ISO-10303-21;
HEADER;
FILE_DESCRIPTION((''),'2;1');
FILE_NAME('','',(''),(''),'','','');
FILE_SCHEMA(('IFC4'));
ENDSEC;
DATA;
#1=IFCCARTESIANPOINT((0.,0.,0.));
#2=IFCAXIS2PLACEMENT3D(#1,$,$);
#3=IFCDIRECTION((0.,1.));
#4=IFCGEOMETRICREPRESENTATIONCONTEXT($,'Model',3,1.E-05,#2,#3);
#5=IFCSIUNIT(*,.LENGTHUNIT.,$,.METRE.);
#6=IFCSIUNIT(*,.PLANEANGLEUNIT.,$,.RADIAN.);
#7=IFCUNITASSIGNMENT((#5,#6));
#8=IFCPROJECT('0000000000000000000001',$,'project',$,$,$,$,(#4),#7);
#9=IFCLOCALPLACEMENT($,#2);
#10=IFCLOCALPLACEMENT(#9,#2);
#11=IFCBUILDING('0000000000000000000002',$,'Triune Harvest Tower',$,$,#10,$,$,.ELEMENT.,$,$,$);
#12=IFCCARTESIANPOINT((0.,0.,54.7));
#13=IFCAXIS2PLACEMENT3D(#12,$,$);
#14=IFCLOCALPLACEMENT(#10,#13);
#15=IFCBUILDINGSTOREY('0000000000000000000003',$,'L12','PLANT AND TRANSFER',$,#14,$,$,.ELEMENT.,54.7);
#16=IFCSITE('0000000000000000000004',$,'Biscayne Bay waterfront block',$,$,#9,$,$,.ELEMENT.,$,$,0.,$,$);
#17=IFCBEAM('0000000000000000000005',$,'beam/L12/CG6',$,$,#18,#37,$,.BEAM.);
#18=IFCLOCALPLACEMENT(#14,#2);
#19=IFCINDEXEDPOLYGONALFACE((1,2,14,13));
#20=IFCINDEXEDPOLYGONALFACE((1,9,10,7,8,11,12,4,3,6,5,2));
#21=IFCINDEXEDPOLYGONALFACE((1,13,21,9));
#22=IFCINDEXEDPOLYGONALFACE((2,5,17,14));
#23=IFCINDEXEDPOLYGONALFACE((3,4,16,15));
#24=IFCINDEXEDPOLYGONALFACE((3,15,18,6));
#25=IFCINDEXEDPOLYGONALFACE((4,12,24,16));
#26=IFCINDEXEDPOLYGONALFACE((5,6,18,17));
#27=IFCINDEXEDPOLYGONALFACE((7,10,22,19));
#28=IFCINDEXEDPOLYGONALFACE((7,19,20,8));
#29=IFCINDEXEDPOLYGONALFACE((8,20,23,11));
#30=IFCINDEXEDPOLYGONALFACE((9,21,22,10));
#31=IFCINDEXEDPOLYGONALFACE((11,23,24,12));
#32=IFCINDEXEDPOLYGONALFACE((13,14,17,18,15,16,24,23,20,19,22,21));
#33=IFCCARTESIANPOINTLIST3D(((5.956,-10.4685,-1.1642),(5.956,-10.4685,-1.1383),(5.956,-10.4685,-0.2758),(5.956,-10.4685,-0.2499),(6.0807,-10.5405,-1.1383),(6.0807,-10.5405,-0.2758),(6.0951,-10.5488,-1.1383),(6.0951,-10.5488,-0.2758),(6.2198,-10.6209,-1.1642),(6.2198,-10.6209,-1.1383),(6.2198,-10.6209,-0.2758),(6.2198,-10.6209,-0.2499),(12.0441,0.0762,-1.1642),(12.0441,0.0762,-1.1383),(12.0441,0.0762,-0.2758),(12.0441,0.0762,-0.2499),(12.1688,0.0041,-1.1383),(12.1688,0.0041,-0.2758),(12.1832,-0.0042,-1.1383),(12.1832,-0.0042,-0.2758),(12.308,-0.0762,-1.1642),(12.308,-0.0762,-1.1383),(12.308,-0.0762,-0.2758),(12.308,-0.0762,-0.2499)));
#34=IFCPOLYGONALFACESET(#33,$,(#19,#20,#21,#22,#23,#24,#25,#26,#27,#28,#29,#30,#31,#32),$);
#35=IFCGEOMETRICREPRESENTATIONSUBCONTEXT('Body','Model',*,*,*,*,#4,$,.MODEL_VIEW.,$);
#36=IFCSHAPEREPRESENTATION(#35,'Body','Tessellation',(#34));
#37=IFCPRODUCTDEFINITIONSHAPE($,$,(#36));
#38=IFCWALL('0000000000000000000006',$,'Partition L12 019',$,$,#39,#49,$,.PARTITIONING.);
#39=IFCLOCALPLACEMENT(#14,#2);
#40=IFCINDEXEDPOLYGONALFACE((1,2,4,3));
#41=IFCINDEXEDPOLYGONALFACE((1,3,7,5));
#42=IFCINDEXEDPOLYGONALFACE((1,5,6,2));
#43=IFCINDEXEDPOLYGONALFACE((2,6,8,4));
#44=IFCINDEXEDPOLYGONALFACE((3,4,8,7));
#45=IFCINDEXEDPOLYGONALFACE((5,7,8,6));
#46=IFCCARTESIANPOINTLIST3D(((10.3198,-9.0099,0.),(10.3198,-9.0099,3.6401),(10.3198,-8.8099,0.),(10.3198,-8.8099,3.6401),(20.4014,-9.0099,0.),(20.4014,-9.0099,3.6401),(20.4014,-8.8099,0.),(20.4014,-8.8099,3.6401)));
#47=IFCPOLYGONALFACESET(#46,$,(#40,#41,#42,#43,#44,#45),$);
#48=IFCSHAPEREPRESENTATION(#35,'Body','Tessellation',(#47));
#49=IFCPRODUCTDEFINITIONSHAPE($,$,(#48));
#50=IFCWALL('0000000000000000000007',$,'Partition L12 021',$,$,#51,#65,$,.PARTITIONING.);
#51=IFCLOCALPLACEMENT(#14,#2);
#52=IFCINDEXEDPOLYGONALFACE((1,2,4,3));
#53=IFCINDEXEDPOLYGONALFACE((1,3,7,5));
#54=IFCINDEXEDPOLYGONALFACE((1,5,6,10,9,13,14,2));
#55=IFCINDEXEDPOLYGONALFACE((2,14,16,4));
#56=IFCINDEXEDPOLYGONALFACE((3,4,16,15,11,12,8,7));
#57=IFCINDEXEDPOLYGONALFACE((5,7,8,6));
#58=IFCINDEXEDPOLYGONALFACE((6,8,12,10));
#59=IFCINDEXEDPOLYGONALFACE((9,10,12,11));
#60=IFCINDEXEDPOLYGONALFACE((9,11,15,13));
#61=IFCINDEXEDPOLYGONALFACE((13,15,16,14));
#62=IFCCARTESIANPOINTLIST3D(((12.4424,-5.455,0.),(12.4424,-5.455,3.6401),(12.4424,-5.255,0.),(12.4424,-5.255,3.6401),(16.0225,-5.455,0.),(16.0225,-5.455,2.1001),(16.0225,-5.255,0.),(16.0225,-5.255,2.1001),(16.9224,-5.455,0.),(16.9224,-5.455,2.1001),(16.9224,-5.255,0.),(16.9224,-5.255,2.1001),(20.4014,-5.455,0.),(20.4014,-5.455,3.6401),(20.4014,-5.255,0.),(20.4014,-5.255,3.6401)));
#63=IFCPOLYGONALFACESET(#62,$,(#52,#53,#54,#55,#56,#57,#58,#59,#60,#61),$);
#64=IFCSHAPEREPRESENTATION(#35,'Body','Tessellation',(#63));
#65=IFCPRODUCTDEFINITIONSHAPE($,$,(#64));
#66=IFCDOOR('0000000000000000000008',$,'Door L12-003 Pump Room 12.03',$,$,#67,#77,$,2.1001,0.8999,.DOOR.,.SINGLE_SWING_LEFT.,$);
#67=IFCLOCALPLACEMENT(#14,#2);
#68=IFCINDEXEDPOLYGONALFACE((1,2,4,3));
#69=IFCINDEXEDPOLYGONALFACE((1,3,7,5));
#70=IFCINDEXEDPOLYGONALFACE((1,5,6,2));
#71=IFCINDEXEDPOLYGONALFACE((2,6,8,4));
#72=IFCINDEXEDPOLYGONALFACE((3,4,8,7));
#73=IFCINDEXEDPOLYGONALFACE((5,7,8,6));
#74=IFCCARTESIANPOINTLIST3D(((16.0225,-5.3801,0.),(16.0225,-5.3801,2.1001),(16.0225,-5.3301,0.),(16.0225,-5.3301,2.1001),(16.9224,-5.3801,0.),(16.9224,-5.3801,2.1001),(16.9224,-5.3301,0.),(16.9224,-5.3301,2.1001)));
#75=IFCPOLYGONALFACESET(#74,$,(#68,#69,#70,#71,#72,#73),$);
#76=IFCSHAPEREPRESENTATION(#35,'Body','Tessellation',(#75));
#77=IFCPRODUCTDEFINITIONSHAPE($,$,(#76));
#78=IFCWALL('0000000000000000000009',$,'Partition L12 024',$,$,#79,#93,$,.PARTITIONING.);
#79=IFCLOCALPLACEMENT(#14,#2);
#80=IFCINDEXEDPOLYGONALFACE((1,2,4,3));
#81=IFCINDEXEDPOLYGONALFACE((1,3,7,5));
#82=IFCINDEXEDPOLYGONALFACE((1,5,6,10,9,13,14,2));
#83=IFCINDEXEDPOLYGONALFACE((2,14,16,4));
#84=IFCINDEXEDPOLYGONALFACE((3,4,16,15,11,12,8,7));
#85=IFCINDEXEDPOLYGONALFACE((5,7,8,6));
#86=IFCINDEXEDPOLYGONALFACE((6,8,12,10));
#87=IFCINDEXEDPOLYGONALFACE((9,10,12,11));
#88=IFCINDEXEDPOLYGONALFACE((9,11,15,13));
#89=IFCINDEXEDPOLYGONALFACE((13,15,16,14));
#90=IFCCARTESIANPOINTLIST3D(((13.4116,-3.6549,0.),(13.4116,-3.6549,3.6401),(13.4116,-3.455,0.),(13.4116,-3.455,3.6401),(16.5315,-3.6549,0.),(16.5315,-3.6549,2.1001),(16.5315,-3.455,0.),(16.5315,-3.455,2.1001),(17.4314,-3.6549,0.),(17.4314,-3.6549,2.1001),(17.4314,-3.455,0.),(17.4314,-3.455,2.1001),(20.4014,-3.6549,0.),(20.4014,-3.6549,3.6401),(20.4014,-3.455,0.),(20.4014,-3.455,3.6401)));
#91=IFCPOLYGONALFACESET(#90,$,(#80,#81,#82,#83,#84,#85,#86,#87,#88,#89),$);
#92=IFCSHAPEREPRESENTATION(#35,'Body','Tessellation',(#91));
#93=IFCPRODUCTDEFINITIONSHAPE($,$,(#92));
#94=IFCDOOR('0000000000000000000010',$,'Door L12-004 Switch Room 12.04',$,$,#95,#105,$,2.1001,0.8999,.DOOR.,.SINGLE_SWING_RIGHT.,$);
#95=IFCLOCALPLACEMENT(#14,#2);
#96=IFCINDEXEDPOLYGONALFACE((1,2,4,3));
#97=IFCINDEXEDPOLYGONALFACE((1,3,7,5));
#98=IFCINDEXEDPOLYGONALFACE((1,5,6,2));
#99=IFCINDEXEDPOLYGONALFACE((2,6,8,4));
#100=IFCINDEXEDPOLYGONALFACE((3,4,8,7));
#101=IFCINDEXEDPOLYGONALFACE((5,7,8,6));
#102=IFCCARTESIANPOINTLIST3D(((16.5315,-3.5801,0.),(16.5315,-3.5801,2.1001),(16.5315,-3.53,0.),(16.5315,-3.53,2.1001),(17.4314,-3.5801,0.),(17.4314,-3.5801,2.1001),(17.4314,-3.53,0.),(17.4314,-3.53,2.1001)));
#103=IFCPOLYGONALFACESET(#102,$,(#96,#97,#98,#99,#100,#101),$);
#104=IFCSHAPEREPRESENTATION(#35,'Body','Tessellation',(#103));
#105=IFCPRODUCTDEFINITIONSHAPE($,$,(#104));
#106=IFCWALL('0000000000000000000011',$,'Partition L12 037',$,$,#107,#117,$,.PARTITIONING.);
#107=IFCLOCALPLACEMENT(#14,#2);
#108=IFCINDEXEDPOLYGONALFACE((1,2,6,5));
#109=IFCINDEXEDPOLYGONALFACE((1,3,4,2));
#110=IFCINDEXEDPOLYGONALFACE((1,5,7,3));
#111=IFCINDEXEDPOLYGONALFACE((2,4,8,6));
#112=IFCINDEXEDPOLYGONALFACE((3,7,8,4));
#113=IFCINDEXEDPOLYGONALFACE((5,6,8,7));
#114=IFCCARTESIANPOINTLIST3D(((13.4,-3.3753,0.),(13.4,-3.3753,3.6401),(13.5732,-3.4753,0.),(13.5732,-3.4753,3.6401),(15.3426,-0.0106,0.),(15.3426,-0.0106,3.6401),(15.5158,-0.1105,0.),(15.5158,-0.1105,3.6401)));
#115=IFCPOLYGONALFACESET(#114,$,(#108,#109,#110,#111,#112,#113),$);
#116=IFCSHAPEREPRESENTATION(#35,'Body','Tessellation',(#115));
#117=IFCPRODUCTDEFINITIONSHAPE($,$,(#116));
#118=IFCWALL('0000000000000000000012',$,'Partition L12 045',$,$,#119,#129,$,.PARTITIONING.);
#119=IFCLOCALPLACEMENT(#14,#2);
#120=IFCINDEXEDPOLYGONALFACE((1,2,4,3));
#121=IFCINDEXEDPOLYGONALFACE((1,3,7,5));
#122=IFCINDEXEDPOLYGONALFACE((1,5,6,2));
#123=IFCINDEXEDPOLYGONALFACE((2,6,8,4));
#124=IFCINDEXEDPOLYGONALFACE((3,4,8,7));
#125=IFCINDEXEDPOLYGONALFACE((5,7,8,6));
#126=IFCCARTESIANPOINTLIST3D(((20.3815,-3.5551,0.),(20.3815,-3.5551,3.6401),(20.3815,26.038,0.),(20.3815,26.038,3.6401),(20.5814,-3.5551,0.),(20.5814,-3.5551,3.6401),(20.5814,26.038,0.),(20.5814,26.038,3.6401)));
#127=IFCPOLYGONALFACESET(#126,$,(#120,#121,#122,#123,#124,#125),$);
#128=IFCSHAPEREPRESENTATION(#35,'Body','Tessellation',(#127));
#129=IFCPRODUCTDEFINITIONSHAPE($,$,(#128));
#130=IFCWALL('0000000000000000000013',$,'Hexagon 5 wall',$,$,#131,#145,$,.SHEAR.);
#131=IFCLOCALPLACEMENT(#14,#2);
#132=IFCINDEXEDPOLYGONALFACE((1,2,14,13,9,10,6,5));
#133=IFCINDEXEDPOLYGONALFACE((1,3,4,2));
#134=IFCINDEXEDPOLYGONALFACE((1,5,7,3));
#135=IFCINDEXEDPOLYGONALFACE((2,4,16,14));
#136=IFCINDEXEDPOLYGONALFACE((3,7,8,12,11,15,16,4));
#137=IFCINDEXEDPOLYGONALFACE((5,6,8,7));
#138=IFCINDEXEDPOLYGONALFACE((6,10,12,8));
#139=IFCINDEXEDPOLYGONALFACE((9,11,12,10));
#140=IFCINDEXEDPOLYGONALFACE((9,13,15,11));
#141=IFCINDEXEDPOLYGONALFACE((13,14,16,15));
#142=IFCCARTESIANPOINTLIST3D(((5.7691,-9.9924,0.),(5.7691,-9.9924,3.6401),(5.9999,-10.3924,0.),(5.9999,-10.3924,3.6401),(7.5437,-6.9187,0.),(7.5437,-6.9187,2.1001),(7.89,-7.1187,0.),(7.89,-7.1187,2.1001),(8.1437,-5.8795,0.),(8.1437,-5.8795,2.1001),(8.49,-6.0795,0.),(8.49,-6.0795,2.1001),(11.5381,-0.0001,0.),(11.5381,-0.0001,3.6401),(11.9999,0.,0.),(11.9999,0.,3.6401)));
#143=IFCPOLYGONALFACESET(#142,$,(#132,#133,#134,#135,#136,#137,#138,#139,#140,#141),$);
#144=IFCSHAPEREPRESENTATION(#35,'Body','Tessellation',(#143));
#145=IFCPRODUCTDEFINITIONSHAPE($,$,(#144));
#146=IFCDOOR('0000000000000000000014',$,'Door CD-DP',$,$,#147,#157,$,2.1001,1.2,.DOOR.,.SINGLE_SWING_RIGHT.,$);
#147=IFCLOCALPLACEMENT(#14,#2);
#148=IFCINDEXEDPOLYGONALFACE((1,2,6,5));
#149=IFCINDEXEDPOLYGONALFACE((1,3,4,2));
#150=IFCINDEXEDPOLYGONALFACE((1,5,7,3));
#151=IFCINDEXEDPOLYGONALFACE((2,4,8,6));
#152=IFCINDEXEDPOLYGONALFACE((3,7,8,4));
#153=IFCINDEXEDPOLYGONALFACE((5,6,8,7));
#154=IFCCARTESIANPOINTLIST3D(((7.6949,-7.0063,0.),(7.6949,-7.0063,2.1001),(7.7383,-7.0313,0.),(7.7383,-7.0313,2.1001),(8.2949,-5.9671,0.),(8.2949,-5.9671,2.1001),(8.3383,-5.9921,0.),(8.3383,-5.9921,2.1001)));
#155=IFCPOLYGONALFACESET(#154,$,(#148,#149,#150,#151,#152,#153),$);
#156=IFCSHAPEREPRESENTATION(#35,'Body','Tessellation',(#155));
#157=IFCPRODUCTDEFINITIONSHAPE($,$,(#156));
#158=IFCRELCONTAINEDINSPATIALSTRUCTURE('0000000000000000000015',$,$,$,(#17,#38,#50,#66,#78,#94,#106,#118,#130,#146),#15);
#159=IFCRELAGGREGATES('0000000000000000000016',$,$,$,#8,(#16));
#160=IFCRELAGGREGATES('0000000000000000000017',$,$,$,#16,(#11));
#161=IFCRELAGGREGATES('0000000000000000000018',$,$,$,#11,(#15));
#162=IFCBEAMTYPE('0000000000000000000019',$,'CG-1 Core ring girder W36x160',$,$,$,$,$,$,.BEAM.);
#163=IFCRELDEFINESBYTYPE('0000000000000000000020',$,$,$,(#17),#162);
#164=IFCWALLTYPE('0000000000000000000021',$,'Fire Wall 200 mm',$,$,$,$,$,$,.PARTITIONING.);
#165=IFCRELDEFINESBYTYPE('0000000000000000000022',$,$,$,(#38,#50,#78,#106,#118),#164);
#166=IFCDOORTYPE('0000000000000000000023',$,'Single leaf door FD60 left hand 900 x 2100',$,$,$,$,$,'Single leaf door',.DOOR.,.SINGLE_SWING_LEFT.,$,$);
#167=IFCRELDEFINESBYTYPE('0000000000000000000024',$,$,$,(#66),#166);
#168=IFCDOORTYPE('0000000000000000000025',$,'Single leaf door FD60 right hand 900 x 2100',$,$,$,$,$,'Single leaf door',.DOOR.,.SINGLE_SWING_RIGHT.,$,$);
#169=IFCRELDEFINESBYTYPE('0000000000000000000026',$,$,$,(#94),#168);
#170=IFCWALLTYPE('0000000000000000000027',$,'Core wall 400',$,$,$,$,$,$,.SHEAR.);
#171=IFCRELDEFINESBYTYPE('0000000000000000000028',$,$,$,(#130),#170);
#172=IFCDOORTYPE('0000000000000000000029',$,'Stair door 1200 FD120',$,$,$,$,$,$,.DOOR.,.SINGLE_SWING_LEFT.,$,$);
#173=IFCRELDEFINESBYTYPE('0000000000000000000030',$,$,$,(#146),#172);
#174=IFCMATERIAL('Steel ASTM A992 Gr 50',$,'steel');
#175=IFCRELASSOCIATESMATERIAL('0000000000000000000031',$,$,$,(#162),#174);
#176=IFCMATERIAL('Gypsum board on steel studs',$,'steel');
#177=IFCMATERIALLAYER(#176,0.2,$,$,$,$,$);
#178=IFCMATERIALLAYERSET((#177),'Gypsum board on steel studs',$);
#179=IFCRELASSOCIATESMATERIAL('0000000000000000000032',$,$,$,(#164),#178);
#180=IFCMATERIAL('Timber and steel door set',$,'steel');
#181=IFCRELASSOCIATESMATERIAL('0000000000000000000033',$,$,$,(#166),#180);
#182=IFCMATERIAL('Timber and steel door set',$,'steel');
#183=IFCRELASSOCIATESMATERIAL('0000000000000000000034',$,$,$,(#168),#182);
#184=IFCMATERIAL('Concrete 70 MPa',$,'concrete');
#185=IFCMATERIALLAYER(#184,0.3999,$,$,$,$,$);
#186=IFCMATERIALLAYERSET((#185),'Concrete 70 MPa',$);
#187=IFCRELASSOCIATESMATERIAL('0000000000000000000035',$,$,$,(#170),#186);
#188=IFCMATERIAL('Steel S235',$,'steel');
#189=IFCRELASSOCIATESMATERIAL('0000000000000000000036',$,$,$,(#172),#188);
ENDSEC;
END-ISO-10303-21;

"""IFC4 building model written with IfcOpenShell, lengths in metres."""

from ifc_helpers import new_model, si_unit, direction, frame, frame_2d, origin, origin_2d, place, context, subcontext, project, spatial, polyline, rectangle, i_section, outline, extrude, source, transform, mapped, material, layer, layer_set, material_profile, profile_set, type_object, element, fill, save


model = new_model("IFC4")

# Units and contexts
model_context = context("Model", 3, precision=1e-05, world=origin(), true_north=direction((0.0, 1.0)))
body_context = subcontext(model_context, "Body", "Model", "MODEL_VIEW")
ifc_project = project(units=[si_unit("LENGTHUNIT", "METRE"), si_unit("PLANEANGLEUNIT", "RADIAN")], contexts=[model_context])

# Site, building, storey
site_placement = place(None, origin())
site = spatial("IfcSite", under=ifc_project, at=site_placement, Name="Biscayne Bay waterfront block", CompositionType="ELEMENT", RefElevation=0.0)
building_placement = place(site_placement, origin())
building = spatial("IfcBuilding", under=site, at=building_placement, Name="Triune Harvest Tower", CompositionType="ELEMENT")
storey_placement = place(building_placement, frame((0.0, 0.0, 54.7)))
storey = spatial("IfcBuildingStorey", under=building, at=storey_placement, Name="L12", Description="PLANT AND TRANSFER", CompositionType="ELEMENT", Elevation=54.7)

# Beam
ifc_material_1 = material(Name="Steel ASTM A992 Gr 50", Category="steel")
ifc_material_profile = material_profile(ifc_material_1, i_section(OverallWidth=0.3047, OverallDepth=0.9143, WebThickness=0.0166, FlangeThickness=0.0259, at=origin_2d()), Name="W36x160")
ifc_profile_set = profile_set([ifc_material_profile], Name="Steel ASTM A992 Gr 50")
beam_type = type_object("IfcBeamType", Name="CG-1 Core ring girder W36x160", PredefinedType="BEAM", material=ifc_profile_set)
shared_shape_1 = source(origin(), body_context, "Body", "SweptSolid", [
    extrude(i_section(OverallWidth=0.3047, OverallDepth=0.9143, WebThickness=0.0166, FlangeThickness=0.0259, at=origin_2d()), origin(), (0.0, 0.0, 1.0), 12.176),
])
beam_placement = place(storey_placement, frame((6.0879, -10.5447, -0.707), z_axis=(0.50001, 0.86602, 0.0), x_axis=(-0.86602, 0.50001, 0.0)))
element("IfcBeam", 1, at=beam_placement, inside=storey, type_object=beam_type, Name="beam/L12/CG6", PredefinedType="BEAM", context=body_context, shape_type="MappedRepresentation", body=[
    mapped(shared_shape_1, transform((0.0, 0.0, 0.0), scale=1.0)),
])

# Wall
ifc_material_2 = material(Name="Gypsum board on steel studs", Category="steel")
ifc_layer_1 = layer(ifc_material_2, 0.2)
ifc_layer_set_1 = layer_set([ifc_layer_1], Name="Gypsum board on steel studs")
wall_type_1 = type_object("IfcWallType", Name="Fire Wall 200 mm", PredefinedType="PARTITIONING", material=ifc_layer_set_1)
wall_1_placement = place(storey_placement, frame((10.3198, -8.9099, 0.0), z_axis=(0.0, 0.0, 1.0), x_axis=(1.0, 0.0, 0.0)))
element("IfcWall", 2, at=wall_1_placement, inside=storey, type_object=wall_type_1, Name="Partition L12 019", PredefinedType="PARTITIONING", context=body_context, shape_type="SweptSolid", body=[
    extrude(rectangle(XDim=10.0815, YDim=0.2, at=frame_2d((5.0408, 0.0))), origin(), (0.0, 0.0, 1.0), 3.6401),
])

# Walls, openings, doors
wall_2_placement = place(storey_placement, frame((12.4424, -5.355, 0.0), z_axis=(0.0, 0.0, 1.0), x_axis=(1.0, 0.0, 0.0)))
wall_2 = element("IfcWall", 3, at=wall_2_placement, inside=storey, type_object=wall_type_1, Name="Partition L12 021", PredefinedType="PARTITIONING", context=body_context, shape_type="SweptSolid", body=[
    extrude(rectangle(XDim=7.959, YDim=0.2, at=frame_2d((3.9795, 0.0))), origin(), (0.0, 0.0, 1.0), 3.6401),
])
opening_1_placement = place(wall_2_placement, frame((3.5801, 0.0, 0.0)))
opening_1 = element("IfcOpeningElement", 4, at=opening_1_placement, cuts=wall_2, PredefinedType="OPENING", context=body_context, shape_type="SweptSolid", body=[
    extrude(rectangle(XDim=0.8999, YDim=2.1001, at=frame_2d((0.45, 1.05))), frame((0.0, 0.1099, 0.0), z_axis=(0.0, -1.0, 0.0), x_axis=(1.0, 0.0, 0.0)), (0.0, 0.0, 1.0), 0.22),
])
ifc_material_3 = material(Name="Timber and steel door set", Category="steel")
door_type_1 = type_object("IfcDoorType", Name="Single leaf door FD60 left hand 900 x 2100", ElementType="Single leaf door", OperationType="SINGLE_SWING_LEFT", PredefinedType="DOOR", material=ifc_material_3)
door_1_placement = place(opening_1_placement, origin())
door_1 = element("IfcDoor", 5, at=door_1_placement, inside=storey, type_object=door_type_1, Name="Door L12-003 Pump Room 12.03", OperationType="SINGLE_SWING_LEFT", OverallHeight=2.1001, OverallWidth=0.8999, PredefinedType="DOOR", context=body_context, shape_type="SweptSolid", body=[
    extrude(rectangle(XDim=0.8999, YDim=2.1001, at=frame_2d((0.45, 1.05))), frame((0.0, 0.0249, 0.0), z_axis=(0.0, -1.0, 0.0), x_axis=(1.0, 0.0, 0.0)), (0.0, 0.0, 1.0), 0.05),
])
fill(opening_1, door_1)
wall_3_placement = place(storey_placement, frame((13.4116, -3.5549, 0.0), z_axis=(0.0, 0.0, 1.0), x_axis=(1.0, 0.0, 0.0)))
wall_3 = element("IfcWall", 6, at=wall_3_placement, inside=storey, type_object=wall_type_1, Name="Partition L12 024", PredefinedType="PARTITIONING", context=body_context, shape_type="SweptSolid", body=[
    extrude(rectangle(XDim=6.9897, YDim=0.2, at=frame_2d((3.4949, 0.0))), origin(), (0.0, 0.0, 1.0), 3.6401),
])
opening_2_placement = place(wall_3_placement, frame((3.1199, 0.0, 0.0)))
opening_2 = element("IfcOpeningElement", 7, at=opening_2_placement, cuts=wall_3, PredefinedType="OPENING", context=body_context, shape_type="SweptSolid", body=[
    extrude(rectangle(XDim=0.8999, YDim=2.1001, at=frame_2d((0.45, 1.05))), frame((0.0, 0.1099, 0.0), z_axis=(0.0, -1.0, 0.0), x_axis=(1.0, 0.0, 0.0)), (0.0, 0.0, 1.0), 0.22),
])
ifc_material_4 = material(Name="Timber and steel door set", Category="steel")
door_type_2 = type_object("IfcDoorType", Name="Single leaf door FD60 right hand 900 x 2100", ElementType="Single leaf door", OperationType="SINGLE_SWING_RIGHT", PredefinedType="DOOR", material=ifc_material_4)
door_2_placement = place(opening_2_placement, origin())
door_2 = element("IfcDoor", 8, at=door_2_placement, inside=storey, type_object=door_type_2, Name="Door L12-004 Switch Room 12.04", OperationType="SINGLE_SWING_RIGHT", OverallHeight=2.1001, OverallWidth=0.8999, PredefinedType="DOOR", context=body_context, shape_type="SweptSolid", body=[
    extrude(rectangle(XDim=0.8999, YDim=2.1001, at=frame_2d((0.45, 1.05))), frame((0.0, 0.0249, 0.0), z_axis=(0.0, -1.0, 0.0), x_axis=(1.0, 0.0, 0.0)), (0.0, 0.0, 1.0), 0.05),
])
fill(opening_2, door_2)

# Walls
wall_4_placement = place(storey_placement, frame((13.4866, -3.4253, 0.0), z_axis=(0.0, 0.0, 1.0), x_axis=(0.499998, 0.866027, 0.0)))
element("IfcWall", 9, at=wall_4_placement, inside=storey, type_object=wall_type_1, Name="Partition L12 037", PredefinedType="PARTITIONING", context=body_context, shape_type="SweptSolid", body=[
    extrude(rectangle(XDim=3.8853, YDim=0.2, at=frame_2d((1.9426, 0.0))), origin(), (0.0, 0.0, 1.0), 3.6401),
])
wall_5_placement = place(storey_placement, frame((20.4814, -3.5549, 0.0), z_axis=(0.0, 0.0, 1.0), x_axis=(0.0, 1.0, 0.0)))
element("IfcWall", 10, at=wall_5_placement, inside=storey, type_object=wall_type_1, Name="Partition L12 045", PredefinedType="PARTITIONING", context=body_context, shape_type="SweptSolid", body=[
    extrude(rectangle(XDim=29.593, YDim=0.2, at=frame_2d((14.7964, 0.0))), origin(), (0.0, 0.0, 1.0), 3.6401),
])

# Wall, opening, door
ifc_material_5 = material(Name="Concrete 70 MPa", Category="concrete")
ifc_layer_2 = layer(ifc_material_5, 0.3999)
ifc_layer_set_2 = layer_set([ifc_layer_2], Name="Concrete 70 MPa")
wall_type_2 = type_object("IfcWallType", Name="Core wall 400", PredefinedType="SHEAR", material=ifc_layer_set_2)
shared_shape_2 = source(origin(), body_context, "Body", "SweptSolid", [
    extrude(outline(polyline([(-0.1155, -0.2), (11.8845, -0.2), (11.6536, 0.2), (0.1155, 0.2), (-0.1155, -0.2)])), origin(), (0.0, 0.0, 1.0), 3.6401),
])
wall_6_placement = place(storey_placement, frame((5.8845, -10.1924, 0.0), z_axis=(0.0, 0.0, 1.0), x_axis=(0.499997, 0.866027, 0.0)))
wall_6 = element("IfcWall", 11, at=wall_6_placement, inside=storey, type_object=wall_type_2, Name="Hexagon 5 wall", PredefinedType="SHEAR", context=body_context, shape_type="MappedRepresentation", body=[
    mapped(shared_shape_2, transform((0.0, 0.0, 0.0), scale=1.0)),
])
opening_3_placement = place(wall_6_placement, frame((3.6646, 0.0, 0.0)))
opening_3 = element("IfcOpeningElement", 12, at=opening_3_placement, cuts=wall_6, PredefinedType="OPENING", context=body_context, shape_type="SweptSolid", body=[
    extrude(rectangle(XDim=1.2, YDim=2.1001, at=frame_2d((0.6001, 1.05))), frame((0.0, 0.21, 0.0), z_axis=(0.0, -1.0, 0.0), x_axis=(1.0, 0.0, 0.0)), (0.0, 0.0, 1.0), 0.4199),
])
ifc_material_6 = material(Name="Steel S235", Category="steel")
door_type_3 = type_object("IfcDoorType", Name="Stair door 1200 FD120", OperationType="SINGLE_SWING_LEFT", PredefinedType="DOOR", material=ifc_material_6)
door_3_placement = place(opening_3_placement, frame((1.2, 0.0, 0.0), z_axis=(0.0, 0.0, 1.0), x_axis=(-1.0, 0.0, 0.0)))
door_3 = element("IfcDoor", 13, at=door_3_placement, inside=storey, type_object=door_type_3, Name="Door CD-DP", OperationType="SINGLE_SWING_RIGHT", OverallHeight=2.1001, OverallWidth=1.2, PredefinedType="DOOR", context=body_context, shape_type="SweptSolid", body=[
    extrude(rectangle(XDim=1.2, YDim=2.1001, at=frame_2d((0.6001, 1.05))), frame((0.0, 0.0249, 0.0), z_axis=(0.0, -1.0, 0.0), x_axis=(1.0, 0.0, 0.0)), (0.0, 0.0, 1.0), 0.05),
])
fill(opening_3, door_3)

save(model, "model.ifc")
